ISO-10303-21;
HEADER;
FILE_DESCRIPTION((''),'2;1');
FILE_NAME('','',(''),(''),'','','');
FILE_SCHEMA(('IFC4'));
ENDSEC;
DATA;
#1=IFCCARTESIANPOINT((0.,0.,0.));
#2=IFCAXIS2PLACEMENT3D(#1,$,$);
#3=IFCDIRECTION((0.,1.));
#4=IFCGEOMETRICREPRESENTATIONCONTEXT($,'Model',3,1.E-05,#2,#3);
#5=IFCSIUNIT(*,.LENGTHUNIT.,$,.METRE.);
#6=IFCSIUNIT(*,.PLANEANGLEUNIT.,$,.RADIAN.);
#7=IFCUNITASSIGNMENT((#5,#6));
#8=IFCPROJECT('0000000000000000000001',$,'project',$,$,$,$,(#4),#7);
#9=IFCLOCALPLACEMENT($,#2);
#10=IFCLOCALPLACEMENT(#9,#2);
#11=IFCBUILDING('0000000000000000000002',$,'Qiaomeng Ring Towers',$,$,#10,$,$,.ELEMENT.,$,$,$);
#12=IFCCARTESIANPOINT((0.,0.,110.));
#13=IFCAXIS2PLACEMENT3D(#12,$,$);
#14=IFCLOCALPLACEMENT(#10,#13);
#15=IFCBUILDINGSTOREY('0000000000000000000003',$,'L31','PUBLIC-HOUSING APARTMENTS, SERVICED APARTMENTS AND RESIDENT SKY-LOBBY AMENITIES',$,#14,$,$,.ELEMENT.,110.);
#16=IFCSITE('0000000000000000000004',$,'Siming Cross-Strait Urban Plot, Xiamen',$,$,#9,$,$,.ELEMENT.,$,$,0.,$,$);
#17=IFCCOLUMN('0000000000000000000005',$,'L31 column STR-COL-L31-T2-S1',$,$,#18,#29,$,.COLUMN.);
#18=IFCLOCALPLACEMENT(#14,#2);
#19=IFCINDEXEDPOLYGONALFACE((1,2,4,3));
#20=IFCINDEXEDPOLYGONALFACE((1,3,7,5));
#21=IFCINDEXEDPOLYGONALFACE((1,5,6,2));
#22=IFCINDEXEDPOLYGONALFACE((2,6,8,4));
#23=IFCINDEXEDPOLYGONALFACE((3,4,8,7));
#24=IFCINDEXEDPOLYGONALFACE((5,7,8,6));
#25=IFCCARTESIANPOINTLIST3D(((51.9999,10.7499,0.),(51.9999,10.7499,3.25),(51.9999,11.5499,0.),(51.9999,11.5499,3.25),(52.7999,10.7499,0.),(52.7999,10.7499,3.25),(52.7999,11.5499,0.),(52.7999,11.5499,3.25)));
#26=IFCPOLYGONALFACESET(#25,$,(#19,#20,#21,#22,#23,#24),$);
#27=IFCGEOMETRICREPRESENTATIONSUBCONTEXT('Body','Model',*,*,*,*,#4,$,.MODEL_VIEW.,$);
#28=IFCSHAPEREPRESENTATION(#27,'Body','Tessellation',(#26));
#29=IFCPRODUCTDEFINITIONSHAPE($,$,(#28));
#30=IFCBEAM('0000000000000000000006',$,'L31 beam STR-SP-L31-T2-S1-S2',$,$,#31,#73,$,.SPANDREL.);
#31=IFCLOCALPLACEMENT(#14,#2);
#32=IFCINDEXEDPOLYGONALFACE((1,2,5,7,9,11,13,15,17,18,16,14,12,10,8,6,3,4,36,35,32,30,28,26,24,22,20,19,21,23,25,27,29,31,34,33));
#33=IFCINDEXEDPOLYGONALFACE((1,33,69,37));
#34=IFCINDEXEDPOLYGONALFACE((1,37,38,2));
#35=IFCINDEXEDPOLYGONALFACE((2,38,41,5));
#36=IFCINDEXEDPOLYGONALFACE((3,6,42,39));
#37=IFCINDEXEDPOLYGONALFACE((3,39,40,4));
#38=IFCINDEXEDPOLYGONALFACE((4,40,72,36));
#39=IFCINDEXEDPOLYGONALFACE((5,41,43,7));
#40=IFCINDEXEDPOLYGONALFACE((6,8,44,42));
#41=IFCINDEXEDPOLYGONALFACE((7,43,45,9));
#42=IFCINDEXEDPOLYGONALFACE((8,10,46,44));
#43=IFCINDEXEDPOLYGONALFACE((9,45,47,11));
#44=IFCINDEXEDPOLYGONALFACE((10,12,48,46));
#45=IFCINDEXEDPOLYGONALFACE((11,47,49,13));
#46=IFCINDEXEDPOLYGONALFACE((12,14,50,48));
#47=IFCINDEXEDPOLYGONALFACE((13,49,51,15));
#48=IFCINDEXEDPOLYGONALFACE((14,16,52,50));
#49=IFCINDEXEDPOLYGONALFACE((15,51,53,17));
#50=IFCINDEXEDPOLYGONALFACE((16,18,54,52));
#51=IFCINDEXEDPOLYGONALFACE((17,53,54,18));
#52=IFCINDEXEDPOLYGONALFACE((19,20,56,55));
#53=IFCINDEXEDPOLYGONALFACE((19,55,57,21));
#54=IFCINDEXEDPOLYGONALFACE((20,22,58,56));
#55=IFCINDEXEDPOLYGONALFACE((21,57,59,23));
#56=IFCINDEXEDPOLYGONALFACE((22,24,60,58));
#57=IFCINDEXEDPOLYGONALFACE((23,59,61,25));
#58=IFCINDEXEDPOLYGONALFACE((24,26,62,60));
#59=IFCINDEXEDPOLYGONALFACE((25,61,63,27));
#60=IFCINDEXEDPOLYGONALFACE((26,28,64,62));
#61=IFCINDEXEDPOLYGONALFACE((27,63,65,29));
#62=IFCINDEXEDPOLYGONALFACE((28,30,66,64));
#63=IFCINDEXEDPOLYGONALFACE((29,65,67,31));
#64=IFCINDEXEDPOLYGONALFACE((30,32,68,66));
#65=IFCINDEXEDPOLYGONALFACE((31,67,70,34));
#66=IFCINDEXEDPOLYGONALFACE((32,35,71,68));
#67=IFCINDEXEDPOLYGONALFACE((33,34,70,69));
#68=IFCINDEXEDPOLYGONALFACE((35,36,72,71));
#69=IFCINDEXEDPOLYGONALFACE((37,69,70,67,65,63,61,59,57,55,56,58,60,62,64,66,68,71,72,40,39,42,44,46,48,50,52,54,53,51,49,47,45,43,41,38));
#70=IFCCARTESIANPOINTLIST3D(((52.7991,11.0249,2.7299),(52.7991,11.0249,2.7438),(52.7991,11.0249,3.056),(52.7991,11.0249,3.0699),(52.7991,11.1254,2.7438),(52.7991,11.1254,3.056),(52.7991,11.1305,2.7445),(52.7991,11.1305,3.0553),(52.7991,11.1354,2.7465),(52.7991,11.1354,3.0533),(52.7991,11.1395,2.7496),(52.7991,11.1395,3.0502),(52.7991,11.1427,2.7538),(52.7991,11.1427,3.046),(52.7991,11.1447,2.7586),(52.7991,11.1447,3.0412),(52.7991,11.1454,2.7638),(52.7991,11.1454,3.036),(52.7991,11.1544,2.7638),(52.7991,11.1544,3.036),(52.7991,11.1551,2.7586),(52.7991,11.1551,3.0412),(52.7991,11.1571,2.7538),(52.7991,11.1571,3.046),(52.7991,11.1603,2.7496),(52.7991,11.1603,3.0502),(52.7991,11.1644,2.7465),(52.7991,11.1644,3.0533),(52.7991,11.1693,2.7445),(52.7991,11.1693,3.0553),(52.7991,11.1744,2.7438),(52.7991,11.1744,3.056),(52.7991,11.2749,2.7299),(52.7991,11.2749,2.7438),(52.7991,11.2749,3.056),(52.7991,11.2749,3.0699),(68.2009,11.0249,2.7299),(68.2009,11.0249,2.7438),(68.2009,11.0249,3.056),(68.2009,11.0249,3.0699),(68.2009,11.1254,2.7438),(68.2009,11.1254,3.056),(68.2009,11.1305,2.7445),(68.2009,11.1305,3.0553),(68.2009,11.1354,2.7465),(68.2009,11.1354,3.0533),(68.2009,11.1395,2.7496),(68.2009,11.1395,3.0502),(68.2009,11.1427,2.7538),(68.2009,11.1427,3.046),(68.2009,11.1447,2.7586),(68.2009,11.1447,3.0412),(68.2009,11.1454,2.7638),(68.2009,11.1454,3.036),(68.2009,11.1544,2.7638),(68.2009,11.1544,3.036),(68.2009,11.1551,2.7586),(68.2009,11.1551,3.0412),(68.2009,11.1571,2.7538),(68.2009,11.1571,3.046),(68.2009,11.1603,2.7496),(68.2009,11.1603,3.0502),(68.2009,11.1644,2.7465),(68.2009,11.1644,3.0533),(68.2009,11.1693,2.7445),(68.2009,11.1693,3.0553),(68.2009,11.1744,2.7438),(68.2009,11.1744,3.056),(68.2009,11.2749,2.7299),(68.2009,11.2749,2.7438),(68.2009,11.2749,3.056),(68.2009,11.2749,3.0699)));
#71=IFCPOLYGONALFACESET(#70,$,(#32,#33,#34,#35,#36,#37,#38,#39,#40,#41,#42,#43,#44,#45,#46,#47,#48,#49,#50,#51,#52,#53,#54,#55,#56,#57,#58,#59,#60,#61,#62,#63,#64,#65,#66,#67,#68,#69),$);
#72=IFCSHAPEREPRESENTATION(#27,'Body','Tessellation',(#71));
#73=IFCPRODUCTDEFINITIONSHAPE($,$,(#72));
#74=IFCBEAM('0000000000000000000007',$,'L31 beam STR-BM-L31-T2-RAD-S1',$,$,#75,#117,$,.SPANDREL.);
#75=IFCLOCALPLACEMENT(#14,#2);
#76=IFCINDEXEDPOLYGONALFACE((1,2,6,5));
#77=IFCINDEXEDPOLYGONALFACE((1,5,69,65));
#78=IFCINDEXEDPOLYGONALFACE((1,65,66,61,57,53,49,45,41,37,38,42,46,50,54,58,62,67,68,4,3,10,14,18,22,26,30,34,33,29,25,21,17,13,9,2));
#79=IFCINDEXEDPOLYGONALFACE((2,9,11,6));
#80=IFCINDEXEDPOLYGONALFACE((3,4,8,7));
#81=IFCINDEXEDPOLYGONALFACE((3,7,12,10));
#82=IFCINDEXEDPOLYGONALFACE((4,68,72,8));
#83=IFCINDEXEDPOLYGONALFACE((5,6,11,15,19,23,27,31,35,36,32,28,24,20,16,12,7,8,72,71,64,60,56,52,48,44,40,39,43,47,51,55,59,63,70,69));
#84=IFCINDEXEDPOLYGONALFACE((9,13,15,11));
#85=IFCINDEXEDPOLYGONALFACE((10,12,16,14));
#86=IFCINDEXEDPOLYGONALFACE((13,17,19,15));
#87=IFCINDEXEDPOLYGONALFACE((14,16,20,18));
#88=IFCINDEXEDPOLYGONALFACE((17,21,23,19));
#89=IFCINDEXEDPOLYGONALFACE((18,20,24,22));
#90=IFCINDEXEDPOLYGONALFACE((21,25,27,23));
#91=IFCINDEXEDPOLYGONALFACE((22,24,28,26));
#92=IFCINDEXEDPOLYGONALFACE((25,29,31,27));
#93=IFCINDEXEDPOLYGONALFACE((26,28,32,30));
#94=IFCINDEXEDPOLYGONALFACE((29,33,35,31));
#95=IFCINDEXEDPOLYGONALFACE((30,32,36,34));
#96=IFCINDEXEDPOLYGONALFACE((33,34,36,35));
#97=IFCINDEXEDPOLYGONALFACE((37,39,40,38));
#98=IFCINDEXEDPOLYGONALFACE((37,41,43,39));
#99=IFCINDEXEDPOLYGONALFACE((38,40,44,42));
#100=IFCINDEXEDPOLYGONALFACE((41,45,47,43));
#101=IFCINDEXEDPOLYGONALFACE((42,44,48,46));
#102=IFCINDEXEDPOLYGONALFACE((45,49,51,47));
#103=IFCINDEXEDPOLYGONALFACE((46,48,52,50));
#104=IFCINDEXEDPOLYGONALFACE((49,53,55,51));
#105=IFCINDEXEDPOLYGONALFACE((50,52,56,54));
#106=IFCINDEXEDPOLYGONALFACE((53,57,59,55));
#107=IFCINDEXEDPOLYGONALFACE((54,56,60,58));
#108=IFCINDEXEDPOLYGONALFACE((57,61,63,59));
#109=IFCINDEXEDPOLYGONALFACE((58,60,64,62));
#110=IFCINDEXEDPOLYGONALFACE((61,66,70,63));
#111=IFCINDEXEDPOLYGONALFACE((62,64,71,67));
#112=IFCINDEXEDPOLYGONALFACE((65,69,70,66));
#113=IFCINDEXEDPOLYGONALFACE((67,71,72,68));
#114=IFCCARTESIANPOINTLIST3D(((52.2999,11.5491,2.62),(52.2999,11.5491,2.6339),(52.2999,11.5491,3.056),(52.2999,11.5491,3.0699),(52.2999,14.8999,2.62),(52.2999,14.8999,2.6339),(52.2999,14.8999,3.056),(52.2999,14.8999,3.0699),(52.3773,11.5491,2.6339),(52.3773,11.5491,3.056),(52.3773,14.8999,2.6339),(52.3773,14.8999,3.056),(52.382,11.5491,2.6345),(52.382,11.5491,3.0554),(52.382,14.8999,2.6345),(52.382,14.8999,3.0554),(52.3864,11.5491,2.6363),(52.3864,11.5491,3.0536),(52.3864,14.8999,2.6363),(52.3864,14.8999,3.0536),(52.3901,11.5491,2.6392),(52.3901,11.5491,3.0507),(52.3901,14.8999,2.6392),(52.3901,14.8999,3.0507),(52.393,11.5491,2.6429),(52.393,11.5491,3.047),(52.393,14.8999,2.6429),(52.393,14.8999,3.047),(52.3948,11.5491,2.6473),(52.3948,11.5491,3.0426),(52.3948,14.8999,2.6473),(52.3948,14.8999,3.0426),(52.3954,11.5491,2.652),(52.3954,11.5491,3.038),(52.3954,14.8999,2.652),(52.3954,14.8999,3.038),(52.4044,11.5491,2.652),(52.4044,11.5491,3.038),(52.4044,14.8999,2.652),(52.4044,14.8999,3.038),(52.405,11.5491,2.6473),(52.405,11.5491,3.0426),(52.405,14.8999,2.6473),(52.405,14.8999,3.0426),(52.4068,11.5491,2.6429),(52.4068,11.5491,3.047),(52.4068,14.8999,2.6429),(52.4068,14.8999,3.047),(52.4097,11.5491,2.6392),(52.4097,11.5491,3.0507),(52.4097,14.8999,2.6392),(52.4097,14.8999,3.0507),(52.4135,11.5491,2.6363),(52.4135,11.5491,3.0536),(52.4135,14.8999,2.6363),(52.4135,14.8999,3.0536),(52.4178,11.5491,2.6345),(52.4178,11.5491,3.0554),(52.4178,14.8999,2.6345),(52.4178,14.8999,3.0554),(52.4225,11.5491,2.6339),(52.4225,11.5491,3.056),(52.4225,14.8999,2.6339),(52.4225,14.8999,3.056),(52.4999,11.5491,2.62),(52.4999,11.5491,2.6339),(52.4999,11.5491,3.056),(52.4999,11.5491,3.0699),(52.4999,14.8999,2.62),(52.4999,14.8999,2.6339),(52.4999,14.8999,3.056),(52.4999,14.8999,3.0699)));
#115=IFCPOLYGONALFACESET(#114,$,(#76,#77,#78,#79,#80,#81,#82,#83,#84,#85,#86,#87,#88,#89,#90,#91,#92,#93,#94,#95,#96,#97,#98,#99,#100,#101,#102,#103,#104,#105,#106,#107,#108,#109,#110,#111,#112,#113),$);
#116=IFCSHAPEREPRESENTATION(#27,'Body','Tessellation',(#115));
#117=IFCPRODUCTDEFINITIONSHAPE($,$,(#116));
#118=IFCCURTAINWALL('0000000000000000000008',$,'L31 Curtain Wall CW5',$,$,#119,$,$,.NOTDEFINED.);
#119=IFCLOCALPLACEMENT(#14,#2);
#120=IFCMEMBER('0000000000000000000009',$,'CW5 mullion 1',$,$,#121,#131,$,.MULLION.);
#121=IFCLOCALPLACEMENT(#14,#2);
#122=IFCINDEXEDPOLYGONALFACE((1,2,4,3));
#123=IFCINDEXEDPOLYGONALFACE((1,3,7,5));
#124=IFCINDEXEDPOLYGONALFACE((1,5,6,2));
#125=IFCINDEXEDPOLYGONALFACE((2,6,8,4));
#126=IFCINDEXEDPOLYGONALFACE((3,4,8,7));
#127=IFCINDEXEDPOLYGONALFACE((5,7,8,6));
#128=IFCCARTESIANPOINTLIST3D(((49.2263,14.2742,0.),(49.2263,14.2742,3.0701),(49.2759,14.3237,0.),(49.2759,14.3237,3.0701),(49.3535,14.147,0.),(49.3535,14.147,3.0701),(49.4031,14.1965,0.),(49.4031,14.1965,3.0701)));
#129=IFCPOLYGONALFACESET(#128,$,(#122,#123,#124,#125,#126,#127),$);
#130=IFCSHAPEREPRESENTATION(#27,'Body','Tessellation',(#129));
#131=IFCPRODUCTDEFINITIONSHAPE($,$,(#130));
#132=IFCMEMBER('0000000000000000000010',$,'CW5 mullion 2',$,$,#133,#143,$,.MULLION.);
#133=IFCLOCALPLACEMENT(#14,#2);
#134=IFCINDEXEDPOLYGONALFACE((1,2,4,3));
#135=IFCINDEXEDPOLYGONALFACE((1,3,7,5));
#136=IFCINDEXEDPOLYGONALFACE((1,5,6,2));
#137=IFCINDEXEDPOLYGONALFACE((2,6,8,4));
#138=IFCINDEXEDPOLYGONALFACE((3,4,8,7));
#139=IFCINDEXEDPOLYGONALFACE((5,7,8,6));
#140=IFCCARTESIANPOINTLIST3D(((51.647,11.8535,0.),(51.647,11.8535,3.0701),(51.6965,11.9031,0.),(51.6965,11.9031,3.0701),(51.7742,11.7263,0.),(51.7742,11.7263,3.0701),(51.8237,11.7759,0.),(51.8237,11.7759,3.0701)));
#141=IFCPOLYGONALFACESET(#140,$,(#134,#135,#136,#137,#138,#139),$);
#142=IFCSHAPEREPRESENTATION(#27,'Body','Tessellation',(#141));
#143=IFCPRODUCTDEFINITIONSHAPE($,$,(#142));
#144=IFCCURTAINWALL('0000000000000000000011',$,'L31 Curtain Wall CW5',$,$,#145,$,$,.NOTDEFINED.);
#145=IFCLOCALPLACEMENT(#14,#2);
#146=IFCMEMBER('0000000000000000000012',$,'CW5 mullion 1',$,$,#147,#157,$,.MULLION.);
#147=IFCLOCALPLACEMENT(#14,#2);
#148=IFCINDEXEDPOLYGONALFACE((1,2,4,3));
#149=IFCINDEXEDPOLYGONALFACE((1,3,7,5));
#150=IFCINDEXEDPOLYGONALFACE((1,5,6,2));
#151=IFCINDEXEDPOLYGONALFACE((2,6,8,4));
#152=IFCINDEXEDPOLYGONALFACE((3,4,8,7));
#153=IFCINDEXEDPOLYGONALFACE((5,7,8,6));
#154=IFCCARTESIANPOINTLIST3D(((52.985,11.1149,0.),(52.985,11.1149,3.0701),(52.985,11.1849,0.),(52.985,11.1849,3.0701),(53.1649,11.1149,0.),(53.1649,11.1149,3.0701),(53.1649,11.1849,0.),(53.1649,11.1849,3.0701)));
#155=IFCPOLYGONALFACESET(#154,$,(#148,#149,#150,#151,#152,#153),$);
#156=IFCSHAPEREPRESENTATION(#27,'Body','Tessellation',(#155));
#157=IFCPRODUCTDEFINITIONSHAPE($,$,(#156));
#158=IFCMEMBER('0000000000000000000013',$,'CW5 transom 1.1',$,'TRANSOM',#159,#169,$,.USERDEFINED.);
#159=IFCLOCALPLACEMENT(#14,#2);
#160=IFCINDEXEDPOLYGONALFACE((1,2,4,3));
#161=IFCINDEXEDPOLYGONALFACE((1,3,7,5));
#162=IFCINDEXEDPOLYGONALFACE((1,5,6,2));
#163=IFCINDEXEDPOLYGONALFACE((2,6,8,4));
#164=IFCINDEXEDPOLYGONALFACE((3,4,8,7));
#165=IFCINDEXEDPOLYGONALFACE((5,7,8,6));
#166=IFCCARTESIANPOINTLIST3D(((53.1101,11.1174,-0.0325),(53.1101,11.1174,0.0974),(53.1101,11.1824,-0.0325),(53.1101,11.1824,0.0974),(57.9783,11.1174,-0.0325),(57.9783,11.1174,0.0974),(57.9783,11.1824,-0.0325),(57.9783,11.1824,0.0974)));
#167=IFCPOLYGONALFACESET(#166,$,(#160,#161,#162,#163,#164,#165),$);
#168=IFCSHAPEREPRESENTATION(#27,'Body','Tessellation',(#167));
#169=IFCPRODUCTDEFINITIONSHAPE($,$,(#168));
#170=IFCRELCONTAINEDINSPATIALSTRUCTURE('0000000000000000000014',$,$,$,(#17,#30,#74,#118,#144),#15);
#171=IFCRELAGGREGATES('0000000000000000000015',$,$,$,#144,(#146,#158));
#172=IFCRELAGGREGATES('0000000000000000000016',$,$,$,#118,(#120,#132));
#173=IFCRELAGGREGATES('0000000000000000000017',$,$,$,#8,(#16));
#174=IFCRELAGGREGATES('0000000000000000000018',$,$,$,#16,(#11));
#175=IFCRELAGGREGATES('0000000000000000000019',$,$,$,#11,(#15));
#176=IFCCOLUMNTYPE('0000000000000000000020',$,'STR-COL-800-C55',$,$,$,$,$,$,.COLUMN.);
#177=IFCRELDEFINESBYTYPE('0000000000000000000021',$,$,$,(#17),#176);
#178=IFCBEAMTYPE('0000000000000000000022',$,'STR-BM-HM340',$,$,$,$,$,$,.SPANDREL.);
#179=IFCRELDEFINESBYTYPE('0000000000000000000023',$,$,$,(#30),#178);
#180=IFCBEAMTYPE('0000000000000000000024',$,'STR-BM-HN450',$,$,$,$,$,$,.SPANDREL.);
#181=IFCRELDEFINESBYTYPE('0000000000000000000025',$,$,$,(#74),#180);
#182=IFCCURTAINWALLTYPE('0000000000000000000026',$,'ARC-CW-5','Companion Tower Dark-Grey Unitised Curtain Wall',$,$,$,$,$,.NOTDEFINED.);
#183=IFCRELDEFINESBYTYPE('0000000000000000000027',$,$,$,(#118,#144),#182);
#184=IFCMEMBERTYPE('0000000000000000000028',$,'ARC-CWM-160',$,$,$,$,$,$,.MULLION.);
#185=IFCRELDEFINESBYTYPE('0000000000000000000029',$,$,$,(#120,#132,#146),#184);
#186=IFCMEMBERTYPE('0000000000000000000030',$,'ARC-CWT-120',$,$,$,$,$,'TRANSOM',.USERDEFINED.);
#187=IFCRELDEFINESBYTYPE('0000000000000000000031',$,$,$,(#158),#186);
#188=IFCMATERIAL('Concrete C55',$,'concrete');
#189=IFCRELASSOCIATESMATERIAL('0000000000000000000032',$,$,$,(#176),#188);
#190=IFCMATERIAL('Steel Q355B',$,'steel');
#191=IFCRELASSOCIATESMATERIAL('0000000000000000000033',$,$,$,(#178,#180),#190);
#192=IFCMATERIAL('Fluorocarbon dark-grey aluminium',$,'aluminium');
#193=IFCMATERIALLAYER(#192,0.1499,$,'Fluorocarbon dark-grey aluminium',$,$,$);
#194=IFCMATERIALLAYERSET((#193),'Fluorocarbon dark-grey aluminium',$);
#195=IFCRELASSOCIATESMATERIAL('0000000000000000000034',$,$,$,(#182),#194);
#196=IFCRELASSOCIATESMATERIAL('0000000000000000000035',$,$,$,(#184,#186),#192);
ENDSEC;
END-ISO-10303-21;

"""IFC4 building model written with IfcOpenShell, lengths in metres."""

from ifc_helpers import new_model, si_unit, direction, frame, origin, origin_2d, place, context, subcontext, project, spatial, rectangle, i_section, extrude, source, transform, mapped, material, layer, layer_set, material_profile, profile_set, type_object, element, aggregate, save


model = new_model("IFC4")

# Units and contexts
model_context = context("Model", 3, precision=1e-05, world=origin(), true_north=direction((0.0, 1.0)))
body_context = subcontext(model_context, "Body", "Model", "MODEL_VIEW")
ifc_project = project(units=[si_unit("LENGTHUNIT", "METRE"), si_unit("PLANEANGLEUNIT", "RADIAN")], contexts=[model_context])

# Site, building, storey
site_placement = place(None, origin())
site = spatial("IfcSite", under=ifc_project, at=site_placement, Name="Siming Cross-Strait Urban Plot, Xiamen", CompositionType="ELEMENT", RefElevation=0.0)
building_placement = place(site_placement, origin())
building = spatial("IfcBuilding", under=site, at=building_placement, Name="Qiaomeng Ring Towers", CompositionType="ELEMENT")
storey_placement = place(building_placement, frame((0.0, 0.0, 110.0)))
storey = spatial("IfcBuildingStorey", under=building, at=storey_placement, Name="L31", Description="PUBLIC-HOUSING APARTMENTS, SERVICED APARTMENTS AND RESIDENT SKY-LOBBY AMENITIES", CompositionType="ELEMENT", Elevation=110.0)

# Column
ifc_material_1 = material(Name="Concrete C55", Category="concrete")
ifc_material_profile_1 = material_profile(ifc_material_1, rectangle(XDim=0.8, YDim=0.8, at=origin_2d()), Name="RC COL 800x800")
ifc_profile_set_1 = profile_set([ifc_material_profile_1], Name="Concrete C55")
column_type = type_object("IfcColumnType", Name="STR-COL-800-C55", PredefinedType="COLUMN", material=ifc_profile_set_1)
shared_shape_1 = source(origin(), body_context, "Body", "SweptSolid", [
    extrude(rectangle(XDim=0.8, YDim=0.8, at=origin_2d()), origin(), (0.0, 0.0, 1.0), 3.25),
])
column_placement = place(storey_placement, frame((52.3999, 11.1499, 0.0), z_axis=(0.0, 0.0, 1.0), x_axis=(1.0, 0.0, 0.0)))
element("IfcColumn", 1, at=column_placement, inside=storey, type_object=column_type, Name="L31 column STR-COL-L31-T2-S1", PredefinedType="COLUMN", context=body_context, shape_type="MappedRepresentation", body=[
    mapped(shared_shape_1, transform((0.0, 0.0, 0.0), x_axis=(1.0, 0.0, 0.0), y_axis=(0.0, 1.0, 0.0), z_axis=(0.0, 0.0, 1.0), scale=1.0)),
])

# Beams
ifc_material_2 = material(Name="Steel Q355B", Category="steel")
ifc_material_profile_2 = material_profile(ifc_material_2, i_section(OverallWidth=0.25, OverallDepth=0.3401, WebThickness=0.009, FlangeThickness=0.0139, FilletRadius=0.02, at=origin_2d()), Name="HM 340x250x9x14")
ifc_profile_set_2 = profile_set([ifc_material_profile_2], Name="Steel Q355B")
beam_type_1 = type_object("IfcBeamType", Name="STR-BM-HM340", PredefinedType="SPANDREL", material=ifc_profile_set_2)
shared_shape_2 = source(origin(), body_context, "Body", "SweptSolid", [
    extrude(i_section(OverallWidth=0.25, OverallDepth=0.3401, WebThickness=0.009, FlangeThickness=0.0139, FilletRadius=0.02, at=origin_2d()), origin(), (0.0, 0.0, 1.0), 15.4019),
])
beam_1_placement = place(storey_placement, frame((52.7991, 11.1499, 2.8999), z_axis=(1.0, 0.0, 0.0), x_axis=(0.0, 1.0, 0.0)))
element("IfcBeam", 2, at=beam_1_placement, inside=storey, type_object=beam_type_1, Name="L31 beam STR-SP-L31-T2-S1-S2", PredefinedType="SPANDREL", context=body_context, shape_type="MappedRepresentation", body=[
    mapped(shared_shape_2, transform((0.0, 0.0, 0.0), x_axis=(1.0, 0.0, 0.0), y_axis=(0.0, 1.0, 0.0), z_axis=(0.0, 0.0, 1.0), scale=1.0)),
])
ifc_material_profile_3 = material_profile(ifc_material_2, i_section(OverallWidth=0.2, OverallDepth=0.45, WebThickness=0.009, FlangeThickness=0.0139, FilletRadius=0.0181, at=origin_2d()), Name="HN 450x200x9x14")
ifc_profile_set_3 = profile_set([ifc_material_profile_3], Name="Steel Q355B")
beam_type_2 = type_object("IfcBeamType", Name="STR-BM-HN450", PredefinedType="SPANDREL", material=ifc_profile_set_3)
shared_shape_3 = source(origin(), body_context, "Body", "SweptSolid", [
    extrude(i_section(OverallWidth=0.2, OverallDepth=0.45, WebThickness=0.009, FlangeThickness=0.0139, FilletRadius=0.0181, at=origin_2d()), origin(), (0.0, 0.0, 1.0), 3.3508),
])
beam_2_placement = place(storey_placement, frame((52.3999, 11.5491, 2.845), z_axis=(0.0, 1.0, 0.0), x_axis=(-1.0, 0.0, 0.0)))
element("IfcBeam", 3, at=beam_2_placement, inside=storey, type_object=beam_type_2, Name="L31 beam STR-BM-L31-T2-RAD-S1", PredefinedType="SPANDREL", context=body_context, shape_type="MappedRepresentation", body=[
    mapped(shared_shape_3, transform((0.0, 0.0, 0.0), x_axis=(1.0, 0.0, 0.0), y_axis=(0.0, 1.0, 0.0), z_axis=(0.0, 0.0, 1.0), scale=1.0)),
])

# Curtain walls, members
ifc_material_3 = material(Name="Fluorocarbon dark-grey aluminium", Category="aluminium")
ifc_layer_1 = layer(ifc_material_3, 0.1499, Name="Fluorocarbon dark-grey aluminium")
ifc_layer_set_1 = layer_set([ifc_layer_1], Name="Fluorocarbon dark-grey aluminium")
curtain_wall_type = type_object("IfcCurtainWallType", Name="ARC-CW-5", Description="Companion Tower Dark-Grey Unitised Curtain Wall", PredefinedType="NOTDEFINED", material=ifc_layer_set_1)
curtain_wall_1_placement = place(storey_placement, origin())
curtain_wall_1 = element("IfcCurtainWall", 4, at=curtain_wall_1_placement, inside=storey, type_object=curtain_wall_type, Name="L31 Curtain Wall CW5", PredefinedType="NOTDEFINED")
ifc_material_profile_4 = material_profile(ifc_material_3, rectangle(XDim=0.0701, YDim=0.1799, at=origin_2d()), Name="ALU MULL 70x180")
ifc_profile_set_4 = profile_set([ifc_material_profile_4], Name="Fluorocarbon dark-grey aluminium")
member_type_1 = type_object("IfcMemberType", Name="ARC-CWM-160", PredefinedType="MULLION", material=ifc_profile_set_4)
shared_shape_4 = source(origin(), body_context, "Body", "SweptSolid", [
    extrude(rectangle(XDim=0.0701, YDim=0.1799, at=origin_2d()), origin(), (0.0, 0.0, 1.0), 3.0701),
])
member_1_placement = place(storey_placement, frame((49.3147, 14.2354, 0.0), z_axis=(0.0, 0.0, 1.0), x_axis=(0.707107, 0.707107, 0.0)))
member_1 = element("IfcMember", 5, at=member_1_placement, type_object=member_type_1, Name="CW5 mullion 1", PredefinedType="MULLION", context=body_context, shape_type="MappedRepresentation", body=[
    mapped(shared_shape_4, transform((0.0, 0.0, 0.0), x_axis=(1.0, 0.0, 0.0), y_axis=(0.0, 1.0, 0.0), z_axis=(0.0, 0.0, 1.0), scale=1.0)),
])
member_2_placement = place(storey_placement, frame((51.7354, 11.8147, 0.0), z_axis=(0.0, 0.0, 1.0), x_axis=(0.707107, 0.707107, 0.0)))
member_2 = element("IfcMember", 6, at=member_2_placement, type_object=member_type_1, Name="CW5 mullion 2", PredefinedType="MULLION", context=body_context, shape_type="MappedRepresentation", body=[
    mapped(shared_shape_4, transform((0.0, 0.0, 0.0), x_axis=(1.0, 0.0, 0.0), y_axis=(0.0, 1.0, 0.0), z_axis=(0.0, 0.0, 1.0), scale=1.0)),
])
curtain_wall_2_placement = place(storey_placement, origin())
curtain_wall_2 = element("IfcCurtainWall", 7, at=curtain_wall_2_placement, inside=storey, type_object=curtain_wall_type, Name="L31 Curtain Wall CW5", PredefinedType="NOTDEFINED")
member_3_placement = place(storey_placement, frame((53.075, 11.1499, 0.0), z_axis=(0.0, 0.0, 1.0), x_axis=(0.0, 1.0, 0.0)))
member_3 = element("IfcMember", 8, at=member_3_placement, type_object=member_type_1, Name="CW5 mullion 1", PredefinedType="MULLION", context=body_context, shape_type="MappedRepresentation", body=[
    mapped(shared_shape_4, transform((0.0, 0.0, 0.0), x_axis=(1.0, 0.0, 0.0), y_axis=(0.0, 1.0, 0.0), z_axis=(0.0, 0.0, 1.0), scale=1.0)),
])
ifc_material_profile_5 = material_profile(ifc_material_3, rectangle(XDim=0.0649, YDim=0.1299, at=origin_2d()), Name="ALU TRAN 65x130")
ifc_profile_set_5 = profile_set([ifc_material_profile_5], Name="Fluorocarbon dark-grey aluminium")
member_type_2 = type_object("IfcMemberType", Name="ARC-CWT-120", ElementType="TRANSOM", PredefinedType="USERDEFINED", material=ifc_profile_set_5)
shared_shape_5 = source(origin(), body_context, "Body", "SweptSolid", [
    extrude(rectangle(XDim=0.0649, YDim=0.1299, at=origin_2d()), origin(), (0.0, 0.0, 1.0), 4.8682),
])
member_4_placement = place(storey_placement, frame((53.1101, 11.1499, 0.0325), z_axis=(1.0, 0.0, 0.0), x_axis=(0.0, 1.0, 0.0)))
member_4 = element("IfcMember", 9, at=member_4_placement, type_object=member_type_2, Name="CW5 transom 1.1", ObjectType="TRANSOM", PredefinedType="USERDEFINED", context=body_context, shape_type="MappedRepresentation", body=[
    mapped(shared_shape_5, transform((0.0, 0.0, 0.0), x_axis=(1.0, 0.0, 0.0), y_axis=(0.0, 1.0, 0.0), z_axis=(0.0, 0.0, 1.0), scale=1.0)),
])
aggregate(curtain_wall_2, [member_3, member_4])

aggregate(curtain_wall_1, [member_1, member_2])

save(model, "model.ifc")
